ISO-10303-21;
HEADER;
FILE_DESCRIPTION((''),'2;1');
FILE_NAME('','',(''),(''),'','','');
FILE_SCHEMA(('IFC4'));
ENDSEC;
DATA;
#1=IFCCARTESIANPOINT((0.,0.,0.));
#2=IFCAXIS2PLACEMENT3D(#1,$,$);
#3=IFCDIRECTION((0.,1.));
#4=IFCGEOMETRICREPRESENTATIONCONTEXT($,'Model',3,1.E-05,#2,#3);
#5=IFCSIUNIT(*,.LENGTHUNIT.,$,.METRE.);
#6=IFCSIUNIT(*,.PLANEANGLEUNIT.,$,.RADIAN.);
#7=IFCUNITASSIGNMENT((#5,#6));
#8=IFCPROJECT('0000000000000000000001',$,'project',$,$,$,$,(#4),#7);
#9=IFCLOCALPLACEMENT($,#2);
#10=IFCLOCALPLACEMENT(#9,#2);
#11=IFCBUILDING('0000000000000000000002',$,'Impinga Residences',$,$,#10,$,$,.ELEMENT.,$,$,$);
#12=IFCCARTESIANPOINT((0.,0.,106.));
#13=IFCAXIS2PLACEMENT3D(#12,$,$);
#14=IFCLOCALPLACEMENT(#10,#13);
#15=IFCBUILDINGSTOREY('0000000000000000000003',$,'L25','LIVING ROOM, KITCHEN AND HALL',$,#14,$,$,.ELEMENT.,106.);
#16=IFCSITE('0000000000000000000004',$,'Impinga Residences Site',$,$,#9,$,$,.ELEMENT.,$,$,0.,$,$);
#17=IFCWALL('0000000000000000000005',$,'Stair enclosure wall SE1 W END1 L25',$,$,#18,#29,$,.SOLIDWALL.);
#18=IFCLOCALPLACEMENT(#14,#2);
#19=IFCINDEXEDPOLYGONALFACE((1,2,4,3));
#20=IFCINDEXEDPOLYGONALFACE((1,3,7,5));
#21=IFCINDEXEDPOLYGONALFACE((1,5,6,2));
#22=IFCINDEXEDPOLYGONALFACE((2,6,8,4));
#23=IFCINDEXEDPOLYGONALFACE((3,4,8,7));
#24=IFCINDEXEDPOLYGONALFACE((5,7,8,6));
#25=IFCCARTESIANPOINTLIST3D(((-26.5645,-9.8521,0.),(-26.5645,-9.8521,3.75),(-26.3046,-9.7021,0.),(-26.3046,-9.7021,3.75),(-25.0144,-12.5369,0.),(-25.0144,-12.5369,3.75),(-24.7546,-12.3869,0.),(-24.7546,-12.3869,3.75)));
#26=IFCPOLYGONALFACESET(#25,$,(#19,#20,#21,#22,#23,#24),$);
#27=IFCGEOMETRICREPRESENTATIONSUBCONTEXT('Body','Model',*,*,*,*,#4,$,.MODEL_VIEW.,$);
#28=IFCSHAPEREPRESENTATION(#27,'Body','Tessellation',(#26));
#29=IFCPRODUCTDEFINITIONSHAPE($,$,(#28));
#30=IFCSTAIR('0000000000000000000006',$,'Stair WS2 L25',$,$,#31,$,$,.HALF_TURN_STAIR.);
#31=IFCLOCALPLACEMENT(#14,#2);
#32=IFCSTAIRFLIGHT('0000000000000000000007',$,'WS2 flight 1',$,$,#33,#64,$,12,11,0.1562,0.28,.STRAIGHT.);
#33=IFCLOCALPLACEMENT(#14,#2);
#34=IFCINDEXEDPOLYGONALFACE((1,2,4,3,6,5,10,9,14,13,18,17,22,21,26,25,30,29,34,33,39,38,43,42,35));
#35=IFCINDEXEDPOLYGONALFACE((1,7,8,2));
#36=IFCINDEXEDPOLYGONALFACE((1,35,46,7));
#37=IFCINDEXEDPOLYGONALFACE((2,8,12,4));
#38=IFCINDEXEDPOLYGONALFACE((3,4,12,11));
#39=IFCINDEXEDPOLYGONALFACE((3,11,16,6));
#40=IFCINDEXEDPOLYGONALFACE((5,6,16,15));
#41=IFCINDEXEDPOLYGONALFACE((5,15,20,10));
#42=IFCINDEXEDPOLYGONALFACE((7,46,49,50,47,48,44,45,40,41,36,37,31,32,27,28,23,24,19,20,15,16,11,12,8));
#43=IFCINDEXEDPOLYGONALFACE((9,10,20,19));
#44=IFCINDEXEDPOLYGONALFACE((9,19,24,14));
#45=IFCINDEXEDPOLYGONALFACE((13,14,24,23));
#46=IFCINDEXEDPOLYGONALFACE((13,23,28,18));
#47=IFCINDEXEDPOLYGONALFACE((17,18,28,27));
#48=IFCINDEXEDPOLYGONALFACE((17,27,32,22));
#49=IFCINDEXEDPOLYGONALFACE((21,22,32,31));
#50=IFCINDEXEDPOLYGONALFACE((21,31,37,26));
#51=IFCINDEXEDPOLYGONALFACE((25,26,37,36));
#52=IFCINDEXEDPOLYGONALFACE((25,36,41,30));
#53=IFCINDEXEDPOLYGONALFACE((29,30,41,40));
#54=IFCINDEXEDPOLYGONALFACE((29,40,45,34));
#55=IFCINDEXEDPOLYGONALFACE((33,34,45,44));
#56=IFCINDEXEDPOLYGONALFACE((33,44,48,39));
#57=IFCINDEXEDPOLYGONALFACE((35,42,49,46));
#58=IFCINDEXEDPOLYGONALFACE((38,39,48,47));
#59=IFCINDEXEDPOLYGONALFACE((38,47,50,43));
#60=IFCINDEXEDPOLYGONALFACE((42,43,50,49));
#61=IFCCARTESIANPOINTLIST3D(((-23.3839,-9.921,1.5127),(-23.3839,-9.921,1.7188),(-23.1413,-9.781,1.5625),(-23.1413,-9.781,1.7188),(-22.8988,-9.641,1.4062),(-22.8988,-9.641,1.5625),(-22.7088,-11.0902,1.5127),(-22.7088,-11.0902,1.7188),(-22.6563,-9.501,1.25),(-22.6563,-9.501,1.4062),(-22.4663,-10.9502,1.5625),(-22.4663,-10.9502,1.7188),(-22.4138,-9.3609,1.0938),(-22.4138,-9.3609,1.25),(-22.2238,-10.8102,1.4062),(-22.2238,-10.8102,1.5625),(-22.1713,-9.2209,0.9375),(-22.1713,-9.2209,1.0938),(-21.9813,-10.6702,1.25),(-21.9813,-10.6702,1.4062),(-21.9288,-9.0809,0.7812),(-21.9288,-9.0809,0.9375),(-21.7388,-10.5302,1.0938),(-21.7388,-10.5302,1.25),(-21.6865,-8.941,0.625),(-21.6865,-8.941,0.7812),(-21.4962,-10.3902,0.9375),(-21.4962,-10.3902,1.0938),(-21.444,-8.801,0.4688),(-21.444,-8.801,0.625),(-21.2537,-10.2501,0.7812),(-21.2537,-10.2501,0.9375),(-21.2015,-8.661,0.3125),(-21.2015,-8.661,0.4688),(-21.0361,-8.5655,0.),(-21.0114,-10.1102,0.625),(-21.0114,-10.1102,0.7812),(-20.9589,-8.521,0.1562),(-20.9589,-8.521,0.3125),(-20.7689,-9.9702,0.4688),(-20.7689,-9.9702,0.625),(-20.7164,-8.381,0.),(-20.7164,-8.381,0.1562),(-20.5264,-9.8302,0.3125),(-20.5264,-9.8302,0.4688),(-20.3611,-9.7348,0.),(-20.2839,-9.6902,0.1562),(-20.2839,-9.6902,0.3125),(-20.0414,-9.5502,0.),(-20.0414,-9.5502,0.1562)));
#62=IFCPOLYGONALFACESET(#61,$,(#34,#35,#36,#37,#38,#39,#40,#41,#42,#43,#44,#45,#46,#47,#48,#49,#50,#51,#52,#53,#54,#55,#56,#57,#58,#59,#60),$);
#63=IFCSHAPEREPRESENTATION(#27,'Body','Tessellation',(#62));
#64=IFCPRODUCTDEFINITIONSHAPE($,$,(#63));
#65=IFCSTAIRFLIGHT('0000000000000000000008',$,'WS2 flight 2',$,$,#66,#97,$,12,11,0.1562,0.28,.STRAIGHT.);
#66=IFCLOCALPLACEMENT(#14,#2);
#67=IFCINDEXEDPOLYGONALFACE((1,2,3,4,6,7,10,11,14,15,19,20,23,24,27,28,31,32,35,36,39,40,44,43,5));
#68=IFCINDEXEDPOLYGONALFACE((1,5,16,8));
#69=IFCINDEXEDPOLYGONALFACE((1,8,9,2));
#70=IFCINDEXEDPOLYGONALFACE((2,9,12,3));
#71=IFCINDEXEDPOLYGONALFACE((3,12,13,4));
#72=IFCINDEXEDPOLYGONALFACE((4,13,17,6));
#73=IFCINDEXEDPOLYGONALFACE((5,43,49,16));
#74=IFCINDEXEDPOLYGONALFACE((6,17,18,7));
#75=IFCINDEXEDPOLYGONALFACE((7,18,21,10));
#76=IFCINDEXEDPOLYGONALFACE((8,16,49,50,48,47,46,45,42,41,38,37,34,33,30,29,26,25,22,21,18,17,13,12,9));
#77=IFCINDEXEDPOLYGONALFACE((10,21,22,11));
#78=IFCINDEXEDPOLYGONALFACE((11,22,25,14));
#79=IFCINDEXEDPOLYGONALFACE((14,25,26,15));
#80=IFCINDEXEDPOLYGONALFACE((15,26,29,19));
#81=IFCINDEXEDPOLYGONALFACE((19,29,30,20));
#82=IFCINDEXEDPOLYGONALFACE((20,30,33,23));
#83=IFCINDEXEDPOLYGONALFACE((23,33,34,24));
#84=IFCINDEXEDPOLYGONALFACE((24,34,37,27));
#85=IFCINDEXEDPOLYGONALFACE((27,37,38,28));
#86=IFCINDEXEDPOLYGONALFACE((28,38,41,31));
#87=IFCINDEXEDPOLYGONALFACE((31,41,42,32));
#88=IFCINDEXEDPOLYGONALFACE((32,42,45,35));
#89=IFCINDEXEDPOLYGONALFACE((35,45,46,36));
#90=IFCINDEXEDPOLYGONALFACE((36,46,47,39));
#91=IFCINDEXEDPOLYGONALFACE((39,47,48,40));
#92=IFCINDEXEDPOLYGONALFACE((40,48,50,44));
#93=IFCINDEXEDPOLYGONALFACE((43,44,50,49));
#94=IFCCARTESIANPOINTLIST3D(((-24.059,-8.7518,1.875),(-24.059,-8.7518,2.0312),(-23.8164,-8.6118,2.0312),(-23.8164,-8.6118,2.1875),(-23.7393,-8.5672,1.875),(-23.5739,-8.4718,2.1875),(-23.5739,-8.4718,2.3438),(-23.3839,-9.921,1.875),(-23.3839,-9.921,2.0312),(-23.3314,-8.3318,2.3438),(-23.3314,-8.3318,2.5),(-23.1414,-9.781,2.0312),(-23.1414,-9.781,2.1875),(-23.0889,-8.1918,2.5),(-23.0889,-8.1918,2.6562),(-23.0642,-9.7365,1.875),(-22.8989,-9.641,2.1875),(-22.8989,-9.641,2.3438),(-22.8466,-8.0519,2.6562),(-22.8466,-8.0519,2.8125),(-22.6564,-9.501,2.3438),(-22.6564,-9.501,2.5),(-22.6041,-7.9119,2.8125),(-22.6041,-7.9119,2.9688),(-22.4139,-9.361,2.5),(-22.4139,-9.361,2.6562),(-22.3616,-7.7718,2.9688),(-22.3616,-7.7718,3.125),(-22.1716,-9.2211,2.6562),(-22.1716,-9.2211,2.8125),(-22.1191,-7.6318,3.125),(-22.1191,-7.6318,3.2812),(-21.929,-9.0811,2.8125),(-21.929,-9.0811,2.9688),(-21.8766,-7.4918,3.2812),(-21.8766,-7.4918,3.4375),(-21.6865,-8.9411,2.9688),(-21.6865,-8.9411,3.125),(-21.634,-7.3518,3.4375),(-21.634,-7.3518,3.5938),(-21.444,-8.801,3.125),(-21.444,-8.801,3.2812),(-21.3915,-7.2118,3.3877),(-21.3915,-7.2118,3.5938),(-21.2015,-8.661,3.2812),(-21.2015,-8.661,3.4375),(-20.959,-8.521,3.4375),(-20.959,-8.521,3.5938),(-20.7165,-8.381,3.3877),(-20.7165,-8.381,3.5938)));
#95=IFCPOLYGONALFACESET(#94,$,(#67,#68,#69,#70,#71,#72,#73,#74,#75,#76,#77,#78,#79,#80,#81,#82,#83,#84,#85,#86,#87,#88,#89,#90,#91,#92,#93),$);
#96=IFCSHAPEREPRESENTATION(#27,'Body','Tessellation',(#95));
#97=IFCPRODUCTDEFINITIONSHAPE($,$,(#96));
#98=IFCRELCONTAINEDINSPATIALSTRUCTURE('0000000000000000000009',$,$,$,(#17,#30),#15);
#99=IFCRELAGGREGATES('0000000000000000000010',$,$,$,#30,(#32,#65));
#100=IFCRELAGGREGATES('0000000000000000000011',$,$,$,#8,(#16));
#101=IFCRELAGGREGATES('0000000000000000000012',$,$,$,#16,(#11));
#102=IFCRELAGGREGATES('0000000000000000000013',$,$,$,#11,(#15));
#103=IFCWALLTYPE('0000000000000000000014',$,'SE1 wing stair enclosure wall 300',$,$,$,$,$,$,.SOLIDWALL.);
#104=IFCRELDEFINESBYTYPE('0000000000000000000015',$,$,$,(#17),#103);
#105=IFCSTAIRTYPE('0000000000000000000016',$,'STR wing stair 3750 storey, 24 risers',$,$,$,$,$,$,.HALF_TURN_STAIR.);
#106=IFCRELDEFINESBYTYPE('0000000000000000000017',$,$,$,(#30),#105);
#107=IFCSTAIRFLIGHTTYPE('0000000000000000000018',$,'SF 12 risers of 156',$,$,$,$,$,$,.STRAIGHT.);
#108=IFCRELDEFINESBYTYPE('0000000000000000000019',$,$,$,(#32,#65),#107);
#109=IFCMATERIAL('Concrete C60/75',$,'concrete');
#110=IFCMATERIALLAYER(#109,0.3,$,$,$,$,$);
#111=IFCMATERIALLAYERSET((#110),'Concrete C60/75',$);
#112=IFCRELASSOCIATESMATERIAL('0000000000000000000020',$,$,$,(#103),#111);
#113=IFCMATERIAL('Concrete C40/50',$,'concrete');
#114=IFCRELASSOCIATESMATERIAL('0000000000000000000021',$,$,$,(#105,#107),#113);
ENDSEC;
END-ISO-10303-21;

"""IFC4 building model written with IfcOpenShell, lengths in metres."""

from ifc_helpers import new_model, si_unit, direction, frame, frame_2d, origin, place, context, subcontext, project, spatial, polyline, rectangle, outline, extrude, material, layer, layer_set, type_object, element, aggregate, save


model = new_model("IFC4")

# Units and contexts
model_context = context("Model", 3, precision=1e-05, world=origin(), true_north=direction((0.0, 1.0)))
body_context = subcontext(model_context, "Body", "Model", "MODEL_VIEW")
ifc_project = project(units=[si_unit("LENGTHUNIT", "METRE"), si_unit("PLANEANGLEUNIT", "RADIAN")], contexts=[model_context])

# Site, building, storey
site_placement = place(None, origin())
site = spatial("IfcSite", under=ifc_project, at=site_placement, Name="Impinga Residences Site", CompositionType="ELEMENT", RefElevation=0.0)
building_placement = place(site_placement, origin())
building = spatial("IfcBuilding", under=site, at=building_placement, Name="Impinga Residences", CompositionType="ELEMENT")
storey_placement = place(building_placement, frame((0.0, 0.0, 106.0)))
storey = spatial("IfcBuildingStorey", under=building, at=storey_placement, Name="L25", Description="LIVING ROOM, KITCHEN AND HALL", CompositionType="ELEMENT", Elevation=106.0)

# Shared definitions
ifc_material_1 = material(Name="Concrete C60/75", Category="concrete")

# Wall
ifc_layer_1 = layer(ifc_material_1, 0.3)
ifc_layer_set_1 = layer_set([ifc_layer_1], Name="Concrete C60/75")
wall_type_1 = type_object("IfcWallType", Name="SE1 wing stair enclosure wall 300", PredefinedType="SOLIDWALL", material=ifc_layer_set_1)
wall_1_placement = place(storey_placement, frame((-24.8845, -12.4619, 0.0), z_axis=(0.0, 0.0, 1.0), x_axis=(-0.499993, 0.86603, 0.0)))
element("IfcWall", 1, at=wall_1_placement, inside=storey, type_object=wall_type_1, Name="Stair enclosure wall SE1 W END1 L25", PredefinedType="SOLIDWALL", context=body_context, shape_type="SweptSolid", body=[
    extrude(rectangle(XDim=3.1001, YDim=0.3, at=frame_2d((1.55, 0.0))), origin(), (0.0, 0.0, 1.0), 3.75),
])

# Stair, stair flights
ifc_material_2 = material(Name="Concrete C40/50", Category="concrete")
stair_type = type_object("IfcStairType", Name="STR wing stair 3750 storey, 24 risers", PredefinedType="HALF_TURN_STAIR", material=ifc_material_2)
stair_placement = place(storey_placement, origin())
stair = element("IfcStair", 2, at=stair_placement, inside=storey, type_object=stair_type, Name="Stair WS2 L25", PredefinedType="HALF_TURN_STAIR")
stair_flight_type = type_object("IfcStairFlightType", Name="SF 12 risers of 156", PredefinedType="STRAIGHT", material=ifc_material_2)
stair_flight_1_placement = place(storey_placement, frame((-20.3789, -8.9656, 0.0), z_axis=(0.0, 0.0, 1.0), x_axis=(-0.866025, -0.5, 0.0)))
stair_flight_1 = element("IfcStairFlight", 3, at=stair_flight_1_placement, type_object=stair_flight_type, Name="WS2 flight 1", NumberOfRisers=12, NumberOfTreads=11, PredefinedType="STRAIGHT", RiserHeight=0.1562, TreadLength=0.28, context=body_context, shape_type="SweptSolid", body=[
    extrude(outline(polyline([(0.0, 0.0), (0.0, 0.1562), (0.28, 0.1562), (0.28, 0.3125), (0.5601, 0.3125), (0.5601, 0.4688), (0.8401, 0.4688), (0.8401, 0.625), (1.1201, 0.625), (1.1201, 0.7812), (1.3999, 0.7812), (1.3999, 0.9375), (1.6799, 0.9375), (1.6799, 1.0938), (1.96, 1.0938), (1.96, 1.25), (2.24, 1.25), (2.24, 1.4062), (2.52, 1.4062), (2.52, 1.5625), (2.8, 1.5625), (2.8, 1.7188), (3.0801, 1.7188), (3.0801, 1.875), (3.0801, 1.5127), (0.3691, 0.0), (0.0, 0.0)])), frame((0.0, 0.675, 0.0), z_axis=(0.0, -1.0, 0.0), x_axis=(1.0, 0.0, 0.0)), (0.0, 0.0, 1.0), 1.3501),
])
stair_flight_2_placement = place(storey_placement, frame((-23.7214, -9.3364, 1.875), z_axis=(0.0, 0.0, 1.0), x_axis=(0.866025, 0.5, 0.0)))
stair_flight_2 = element("IfcStairFlight", 4, at=stair_flight_2_placement, type_object=stair_flight_type, Name="WS2 flight 2", NumberOfRisers=12, NumberOfTreads=11, PredefinedType="STRAIGHT", RiserHeight=0.1562, TreadLength=0.28, context=body_context, shape_type="SweptSolid", body=[
    extrude(outline(polyline([(0.0, 0.0), (0.0, 0.1562), (0.28, 0.1562), (0.28, 0.3125), (0.5601, 0.3125), (0.5601, 0.4688), (0.8401, 0.4688), (0.8401, 0.625), (1.1201, 0.625), (1.1201, 0.7812), (1.3999, 0.7812), (1.3999, 0.9375), (1.6799, 0.9375), (1.6799, 1.0938), (1.96, 1.0938), (1.96, 1.25), (2.24, 1.25), (2.24, 1.4062), (2.52, 1.4062), (2.52, 1.5625), (2.8, 1.5625), (2.8, 1.7188), (3.0801, 1.7188), (3.0801, 1.875), (3.0801, 1.5127), (0.3691, 0.0), (0.0, 0.0)])), frame((0.0, 0.675, 0.0), z_axis=(0.0, -1.0, 0.0), x_axis=(1.0, 0.0, 0.0)), (0.0, 0.0, 1.0), 1.3501),
])
aggregate(stair, [stair_flight_1, stair_flight_2])

save(model, "model.ifc")
